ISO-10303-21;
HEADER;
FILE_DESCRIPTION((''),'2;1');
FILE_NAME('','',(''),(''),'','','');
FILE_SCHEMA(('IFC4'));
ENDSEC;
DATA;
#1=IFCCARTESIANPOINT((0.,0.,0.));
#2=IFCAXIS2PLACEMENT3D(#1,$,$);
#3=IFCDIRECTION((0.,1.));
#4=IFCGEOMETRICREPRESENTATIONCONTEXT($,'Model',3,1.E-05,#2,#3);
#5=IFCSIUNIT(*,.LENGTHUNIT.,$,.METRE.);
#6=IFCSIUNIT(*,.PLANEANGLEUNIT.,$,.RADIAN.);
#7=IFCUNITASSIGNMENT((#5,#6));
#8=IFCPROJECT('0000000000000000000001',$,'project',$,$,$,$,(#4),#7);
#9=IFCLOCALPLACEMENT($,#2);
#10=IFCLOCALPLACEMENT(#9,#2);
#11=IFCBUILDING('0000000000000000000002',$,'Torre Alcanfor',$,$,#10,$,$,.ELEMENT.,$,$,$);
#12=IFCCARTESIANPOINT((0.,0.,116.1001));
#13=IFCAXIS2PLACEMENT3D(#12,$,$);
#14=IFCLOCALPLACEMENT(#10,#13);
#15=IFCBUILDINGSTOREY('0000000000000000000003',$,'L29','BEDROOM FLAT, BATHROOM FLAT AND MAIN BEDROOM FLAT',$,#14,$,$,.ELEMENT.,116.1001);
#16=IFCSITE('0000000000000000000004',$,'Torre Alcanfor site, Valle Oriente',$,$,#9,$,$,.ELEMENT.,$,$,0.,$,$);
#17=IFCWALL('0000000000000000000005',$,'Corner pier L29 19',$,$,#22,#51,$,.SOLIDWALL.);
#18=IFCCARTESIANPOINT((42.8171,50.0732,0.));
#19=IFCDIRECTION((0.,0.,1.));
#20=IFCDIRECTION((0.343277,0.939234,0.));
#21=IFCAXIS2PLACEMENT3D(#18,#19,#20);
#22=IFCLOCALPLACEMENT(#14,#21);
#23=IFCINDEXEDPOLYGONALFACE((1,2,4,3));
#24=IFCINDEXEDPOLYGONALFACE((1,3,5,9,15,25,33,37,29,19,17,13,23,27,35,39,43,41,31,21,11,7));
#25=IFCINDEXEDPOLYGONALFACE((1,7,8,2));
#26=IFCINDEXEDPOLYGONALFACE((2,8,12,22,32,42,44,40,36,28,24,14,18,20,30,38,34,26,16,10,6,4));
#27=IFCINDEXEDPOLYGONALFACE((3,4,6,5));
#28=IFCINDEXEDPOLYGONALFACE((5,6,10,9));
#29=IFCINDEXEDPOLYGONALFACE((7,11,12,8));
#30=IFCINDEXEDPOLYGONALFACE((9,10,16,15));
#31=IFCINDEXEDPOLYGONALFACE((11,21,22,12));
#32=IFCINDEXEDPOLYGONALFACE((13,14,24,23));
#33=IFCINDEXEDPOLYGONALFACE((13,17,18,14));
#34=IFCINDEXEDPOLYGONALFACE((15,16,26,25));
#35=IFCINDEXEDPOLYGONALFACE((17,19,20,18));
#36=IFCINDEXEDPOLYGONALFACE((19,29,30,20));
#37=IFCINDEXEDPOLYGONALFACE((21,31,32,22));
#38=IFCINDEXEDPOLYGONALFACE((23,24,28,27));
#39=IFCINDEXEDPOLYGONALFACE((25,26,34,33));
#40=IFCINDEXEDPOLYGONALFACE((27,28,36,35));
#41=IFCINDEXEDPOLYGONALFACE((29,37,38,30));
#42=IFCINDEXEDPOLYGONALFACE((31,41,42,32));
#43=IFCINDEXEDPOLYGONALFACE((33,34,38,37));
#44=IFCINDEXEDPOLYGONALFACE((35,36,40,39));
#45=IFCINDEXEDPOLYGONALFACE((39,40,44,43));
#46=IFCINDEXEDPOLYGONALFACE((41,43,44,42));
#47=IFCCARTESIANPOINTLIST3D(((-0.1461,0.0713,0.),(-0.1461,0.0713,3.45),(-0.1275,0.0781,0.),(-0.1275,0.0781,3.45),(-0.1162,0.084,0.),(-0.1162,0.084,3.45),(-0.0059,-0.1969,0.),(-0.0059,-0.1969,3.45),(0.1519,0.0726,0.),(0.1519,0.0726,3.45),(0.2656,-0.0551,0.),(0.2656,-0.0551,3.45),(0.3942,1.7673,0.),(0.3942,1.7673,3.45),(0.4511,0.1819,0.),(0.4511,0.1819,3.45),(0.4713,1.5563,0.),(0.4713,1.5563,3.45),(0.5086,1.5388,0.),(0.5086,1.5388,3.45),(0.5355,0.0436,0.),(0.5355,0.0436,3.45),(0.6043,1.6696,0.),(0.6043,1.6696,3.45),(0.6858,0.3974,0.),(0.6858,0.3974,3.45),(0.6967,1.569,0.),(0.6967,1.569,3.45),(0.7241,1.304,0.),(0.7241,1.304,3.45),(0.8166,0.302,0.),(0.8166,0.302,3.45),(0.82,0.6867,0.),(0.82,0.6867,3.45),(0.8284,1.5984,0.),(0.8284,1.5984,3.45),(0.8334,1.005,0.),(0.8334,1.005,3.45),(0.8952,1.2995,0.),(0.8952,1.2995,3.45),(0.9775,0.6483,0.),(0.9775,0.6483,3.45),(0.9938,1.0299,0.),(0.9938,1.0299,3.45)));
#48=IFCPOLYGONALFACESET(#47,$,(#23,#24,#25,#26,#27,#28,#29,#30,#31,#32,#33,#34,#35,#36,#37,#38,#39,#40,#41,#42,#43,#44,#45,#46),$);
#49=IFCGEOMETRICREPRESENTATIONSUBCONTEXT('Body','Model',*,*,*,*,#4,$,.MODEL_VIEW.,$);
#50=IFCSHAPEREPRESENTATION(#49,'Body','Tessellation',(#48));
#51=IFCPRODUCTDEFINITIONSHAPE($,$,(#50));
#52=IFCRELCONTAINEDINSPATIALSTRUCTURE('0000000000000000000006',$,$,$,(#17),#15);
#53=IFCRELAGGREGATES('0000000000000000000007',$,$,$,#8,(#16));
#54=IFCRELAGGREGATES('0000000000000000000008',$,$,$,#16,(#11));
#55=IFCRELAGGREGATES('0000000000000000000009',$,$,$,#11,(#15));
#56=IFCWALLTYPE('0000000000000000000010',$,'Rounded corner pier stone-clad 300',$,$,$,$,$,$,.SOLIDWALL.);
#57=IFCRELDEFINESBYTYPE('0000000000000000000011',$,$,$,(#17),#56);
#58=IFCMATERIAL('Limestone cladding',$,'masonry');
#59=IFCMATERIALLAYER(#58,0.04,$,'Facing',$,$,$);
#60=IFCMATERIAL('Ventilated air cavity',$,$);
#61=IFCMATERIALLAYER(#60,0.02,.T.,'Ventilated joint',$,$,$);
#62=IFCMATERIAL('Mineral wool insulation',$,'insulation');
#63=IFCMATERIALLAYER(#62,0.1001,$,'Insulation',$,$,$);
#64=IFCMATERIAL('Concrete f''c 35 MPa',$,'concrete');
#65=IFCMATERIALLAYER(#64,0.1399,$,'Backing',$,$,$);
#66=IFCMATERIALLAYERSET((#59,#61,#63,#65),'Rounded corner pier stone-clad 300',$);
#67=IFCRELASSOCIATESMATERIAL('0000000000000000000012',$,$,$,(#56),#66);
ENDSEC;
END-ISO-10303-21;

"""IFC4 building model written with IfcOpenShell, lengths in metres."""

from ifc_helpers import new_model, si_unit, direction, frame, origin, place, context, subcontext, project, spatial, polyline, outline, extrude, material, layer, layer_set, type_object, element, save


model = new_model("IFC4")

# Units and contexts
model_context = context("Model", 3, precision=1e-05, world=origin(), true_north=direction((0.0, 1.0)))
body_context = subcontext(model_context, "Body", "Model", "MODEL_VIEW")
ifc_project = project(units=[si_unit("LENGTHUNIT", "METRE"), si_unit("PLANEANGLEUNIT", "RADIAN")], contexts=[model_context])

# Site, building, storey
site_placement = place(None, origin())
site = spatial("IfcSite", under=ifc_project, at=site_placement, Name="Torre Alcanfor site, Valle Oriente", CompositionType="ELEMENT", RefElevation=0.0)
building_placement = place(site_placement, origin())
building = spatial("IfcBuilding", under=site, at=building_placement, Name="Torre Alcanfor", CompositionType="ELEMENT")
storey_placement = place(building_placement, frame((0.0, 0.0, 116.1001)))
storey = spatial("IfcBuildingStorey", under=building, at=storey_placement, Name="L29", Description="BEDROOM FLAT, BATHROOM FLAT AND MAIN BEDROOM FLAT", CompositionType="ELEMENT", Elevation=116.1001)

# Shared definitions
ifc_material_1 = material(Name="Limestone cladding", Category="masonry")
ifc_material_2 = material(Name="Ventilated air cavity")
ifc_material_3 = material(Name="Mineral wool insulation", Category="insulation")
ifc_material_4 = material(Name="Concrete f'c 35 MPa", Category="concrete")

# Wall
ifc_layer_1 = layer(ifc_material_1, 0.04, Name="Facing")
ifc_layer_2 = layer(ifc_material_2, 0.02, ventilated=True, Name="Ventilated joint")
ifc_layer_3 = layer(ifc_material_3, 0.1001, Name="Insulation")
ifc_layer_4 = layer(ifc_material_4, 0.1399, Name="Backing")
ifc_layer_set_1 = layer_set([ifc_layer_1, ifc_layer_2, ifc_layer_3, ifc_layer_4], Name="Rounded corner pier stone-clad 300")
wall_type_1 = type_object("IfcWallType", Name="Rounded corner pier stone-clad 300", PredefinedType="SOLIDWALL", material=ifc_layer_set_1)
wall_1_placement = place(storey_placement, frame((42.8171, 50.0732, 0.0), z_axis=(0.0, 0.0, 1.0), x_axis=(0.343277, 0.939234, 0.0)))
element("IfcWall", 1, at=wall_1_placement, inside=storey, type_object=wall_type_1, Name="Corner pier L29 19", PredefinedType="SOLIDWALL", context=body_context, shape_type="SweptSolid", body=[
    extrude(outline(polyline([(0.2656, -0.0551), (0.5355, 0.0436), (0.8166, 0.302), (0.9775, 0.6483), (0.9938, 1.0299), (0.8952, 1.2995), (0.8284, 1.5984), (0.6967, 1.569), (0.6043, 1.6696), (0.3942, 1.7673), (0.4713, 1.5563), (0.5086, 1.5388), (0.7241, 1.304), (0.8334, 1.005), (0.82, 0.6867), (0.6858, 0.3974), (0.4511, 0.1819), (0.1519, 0.0726), (-0.1162, 0.084), (-0.1275, 0.0781), (-0.1461, 0.0713), (-0.0059, -0.1969), (0.2656, -0.0551)])), origin(), (0.0, 0.0, 1.0), 3.45),
])

save(model, "model.ifc")
